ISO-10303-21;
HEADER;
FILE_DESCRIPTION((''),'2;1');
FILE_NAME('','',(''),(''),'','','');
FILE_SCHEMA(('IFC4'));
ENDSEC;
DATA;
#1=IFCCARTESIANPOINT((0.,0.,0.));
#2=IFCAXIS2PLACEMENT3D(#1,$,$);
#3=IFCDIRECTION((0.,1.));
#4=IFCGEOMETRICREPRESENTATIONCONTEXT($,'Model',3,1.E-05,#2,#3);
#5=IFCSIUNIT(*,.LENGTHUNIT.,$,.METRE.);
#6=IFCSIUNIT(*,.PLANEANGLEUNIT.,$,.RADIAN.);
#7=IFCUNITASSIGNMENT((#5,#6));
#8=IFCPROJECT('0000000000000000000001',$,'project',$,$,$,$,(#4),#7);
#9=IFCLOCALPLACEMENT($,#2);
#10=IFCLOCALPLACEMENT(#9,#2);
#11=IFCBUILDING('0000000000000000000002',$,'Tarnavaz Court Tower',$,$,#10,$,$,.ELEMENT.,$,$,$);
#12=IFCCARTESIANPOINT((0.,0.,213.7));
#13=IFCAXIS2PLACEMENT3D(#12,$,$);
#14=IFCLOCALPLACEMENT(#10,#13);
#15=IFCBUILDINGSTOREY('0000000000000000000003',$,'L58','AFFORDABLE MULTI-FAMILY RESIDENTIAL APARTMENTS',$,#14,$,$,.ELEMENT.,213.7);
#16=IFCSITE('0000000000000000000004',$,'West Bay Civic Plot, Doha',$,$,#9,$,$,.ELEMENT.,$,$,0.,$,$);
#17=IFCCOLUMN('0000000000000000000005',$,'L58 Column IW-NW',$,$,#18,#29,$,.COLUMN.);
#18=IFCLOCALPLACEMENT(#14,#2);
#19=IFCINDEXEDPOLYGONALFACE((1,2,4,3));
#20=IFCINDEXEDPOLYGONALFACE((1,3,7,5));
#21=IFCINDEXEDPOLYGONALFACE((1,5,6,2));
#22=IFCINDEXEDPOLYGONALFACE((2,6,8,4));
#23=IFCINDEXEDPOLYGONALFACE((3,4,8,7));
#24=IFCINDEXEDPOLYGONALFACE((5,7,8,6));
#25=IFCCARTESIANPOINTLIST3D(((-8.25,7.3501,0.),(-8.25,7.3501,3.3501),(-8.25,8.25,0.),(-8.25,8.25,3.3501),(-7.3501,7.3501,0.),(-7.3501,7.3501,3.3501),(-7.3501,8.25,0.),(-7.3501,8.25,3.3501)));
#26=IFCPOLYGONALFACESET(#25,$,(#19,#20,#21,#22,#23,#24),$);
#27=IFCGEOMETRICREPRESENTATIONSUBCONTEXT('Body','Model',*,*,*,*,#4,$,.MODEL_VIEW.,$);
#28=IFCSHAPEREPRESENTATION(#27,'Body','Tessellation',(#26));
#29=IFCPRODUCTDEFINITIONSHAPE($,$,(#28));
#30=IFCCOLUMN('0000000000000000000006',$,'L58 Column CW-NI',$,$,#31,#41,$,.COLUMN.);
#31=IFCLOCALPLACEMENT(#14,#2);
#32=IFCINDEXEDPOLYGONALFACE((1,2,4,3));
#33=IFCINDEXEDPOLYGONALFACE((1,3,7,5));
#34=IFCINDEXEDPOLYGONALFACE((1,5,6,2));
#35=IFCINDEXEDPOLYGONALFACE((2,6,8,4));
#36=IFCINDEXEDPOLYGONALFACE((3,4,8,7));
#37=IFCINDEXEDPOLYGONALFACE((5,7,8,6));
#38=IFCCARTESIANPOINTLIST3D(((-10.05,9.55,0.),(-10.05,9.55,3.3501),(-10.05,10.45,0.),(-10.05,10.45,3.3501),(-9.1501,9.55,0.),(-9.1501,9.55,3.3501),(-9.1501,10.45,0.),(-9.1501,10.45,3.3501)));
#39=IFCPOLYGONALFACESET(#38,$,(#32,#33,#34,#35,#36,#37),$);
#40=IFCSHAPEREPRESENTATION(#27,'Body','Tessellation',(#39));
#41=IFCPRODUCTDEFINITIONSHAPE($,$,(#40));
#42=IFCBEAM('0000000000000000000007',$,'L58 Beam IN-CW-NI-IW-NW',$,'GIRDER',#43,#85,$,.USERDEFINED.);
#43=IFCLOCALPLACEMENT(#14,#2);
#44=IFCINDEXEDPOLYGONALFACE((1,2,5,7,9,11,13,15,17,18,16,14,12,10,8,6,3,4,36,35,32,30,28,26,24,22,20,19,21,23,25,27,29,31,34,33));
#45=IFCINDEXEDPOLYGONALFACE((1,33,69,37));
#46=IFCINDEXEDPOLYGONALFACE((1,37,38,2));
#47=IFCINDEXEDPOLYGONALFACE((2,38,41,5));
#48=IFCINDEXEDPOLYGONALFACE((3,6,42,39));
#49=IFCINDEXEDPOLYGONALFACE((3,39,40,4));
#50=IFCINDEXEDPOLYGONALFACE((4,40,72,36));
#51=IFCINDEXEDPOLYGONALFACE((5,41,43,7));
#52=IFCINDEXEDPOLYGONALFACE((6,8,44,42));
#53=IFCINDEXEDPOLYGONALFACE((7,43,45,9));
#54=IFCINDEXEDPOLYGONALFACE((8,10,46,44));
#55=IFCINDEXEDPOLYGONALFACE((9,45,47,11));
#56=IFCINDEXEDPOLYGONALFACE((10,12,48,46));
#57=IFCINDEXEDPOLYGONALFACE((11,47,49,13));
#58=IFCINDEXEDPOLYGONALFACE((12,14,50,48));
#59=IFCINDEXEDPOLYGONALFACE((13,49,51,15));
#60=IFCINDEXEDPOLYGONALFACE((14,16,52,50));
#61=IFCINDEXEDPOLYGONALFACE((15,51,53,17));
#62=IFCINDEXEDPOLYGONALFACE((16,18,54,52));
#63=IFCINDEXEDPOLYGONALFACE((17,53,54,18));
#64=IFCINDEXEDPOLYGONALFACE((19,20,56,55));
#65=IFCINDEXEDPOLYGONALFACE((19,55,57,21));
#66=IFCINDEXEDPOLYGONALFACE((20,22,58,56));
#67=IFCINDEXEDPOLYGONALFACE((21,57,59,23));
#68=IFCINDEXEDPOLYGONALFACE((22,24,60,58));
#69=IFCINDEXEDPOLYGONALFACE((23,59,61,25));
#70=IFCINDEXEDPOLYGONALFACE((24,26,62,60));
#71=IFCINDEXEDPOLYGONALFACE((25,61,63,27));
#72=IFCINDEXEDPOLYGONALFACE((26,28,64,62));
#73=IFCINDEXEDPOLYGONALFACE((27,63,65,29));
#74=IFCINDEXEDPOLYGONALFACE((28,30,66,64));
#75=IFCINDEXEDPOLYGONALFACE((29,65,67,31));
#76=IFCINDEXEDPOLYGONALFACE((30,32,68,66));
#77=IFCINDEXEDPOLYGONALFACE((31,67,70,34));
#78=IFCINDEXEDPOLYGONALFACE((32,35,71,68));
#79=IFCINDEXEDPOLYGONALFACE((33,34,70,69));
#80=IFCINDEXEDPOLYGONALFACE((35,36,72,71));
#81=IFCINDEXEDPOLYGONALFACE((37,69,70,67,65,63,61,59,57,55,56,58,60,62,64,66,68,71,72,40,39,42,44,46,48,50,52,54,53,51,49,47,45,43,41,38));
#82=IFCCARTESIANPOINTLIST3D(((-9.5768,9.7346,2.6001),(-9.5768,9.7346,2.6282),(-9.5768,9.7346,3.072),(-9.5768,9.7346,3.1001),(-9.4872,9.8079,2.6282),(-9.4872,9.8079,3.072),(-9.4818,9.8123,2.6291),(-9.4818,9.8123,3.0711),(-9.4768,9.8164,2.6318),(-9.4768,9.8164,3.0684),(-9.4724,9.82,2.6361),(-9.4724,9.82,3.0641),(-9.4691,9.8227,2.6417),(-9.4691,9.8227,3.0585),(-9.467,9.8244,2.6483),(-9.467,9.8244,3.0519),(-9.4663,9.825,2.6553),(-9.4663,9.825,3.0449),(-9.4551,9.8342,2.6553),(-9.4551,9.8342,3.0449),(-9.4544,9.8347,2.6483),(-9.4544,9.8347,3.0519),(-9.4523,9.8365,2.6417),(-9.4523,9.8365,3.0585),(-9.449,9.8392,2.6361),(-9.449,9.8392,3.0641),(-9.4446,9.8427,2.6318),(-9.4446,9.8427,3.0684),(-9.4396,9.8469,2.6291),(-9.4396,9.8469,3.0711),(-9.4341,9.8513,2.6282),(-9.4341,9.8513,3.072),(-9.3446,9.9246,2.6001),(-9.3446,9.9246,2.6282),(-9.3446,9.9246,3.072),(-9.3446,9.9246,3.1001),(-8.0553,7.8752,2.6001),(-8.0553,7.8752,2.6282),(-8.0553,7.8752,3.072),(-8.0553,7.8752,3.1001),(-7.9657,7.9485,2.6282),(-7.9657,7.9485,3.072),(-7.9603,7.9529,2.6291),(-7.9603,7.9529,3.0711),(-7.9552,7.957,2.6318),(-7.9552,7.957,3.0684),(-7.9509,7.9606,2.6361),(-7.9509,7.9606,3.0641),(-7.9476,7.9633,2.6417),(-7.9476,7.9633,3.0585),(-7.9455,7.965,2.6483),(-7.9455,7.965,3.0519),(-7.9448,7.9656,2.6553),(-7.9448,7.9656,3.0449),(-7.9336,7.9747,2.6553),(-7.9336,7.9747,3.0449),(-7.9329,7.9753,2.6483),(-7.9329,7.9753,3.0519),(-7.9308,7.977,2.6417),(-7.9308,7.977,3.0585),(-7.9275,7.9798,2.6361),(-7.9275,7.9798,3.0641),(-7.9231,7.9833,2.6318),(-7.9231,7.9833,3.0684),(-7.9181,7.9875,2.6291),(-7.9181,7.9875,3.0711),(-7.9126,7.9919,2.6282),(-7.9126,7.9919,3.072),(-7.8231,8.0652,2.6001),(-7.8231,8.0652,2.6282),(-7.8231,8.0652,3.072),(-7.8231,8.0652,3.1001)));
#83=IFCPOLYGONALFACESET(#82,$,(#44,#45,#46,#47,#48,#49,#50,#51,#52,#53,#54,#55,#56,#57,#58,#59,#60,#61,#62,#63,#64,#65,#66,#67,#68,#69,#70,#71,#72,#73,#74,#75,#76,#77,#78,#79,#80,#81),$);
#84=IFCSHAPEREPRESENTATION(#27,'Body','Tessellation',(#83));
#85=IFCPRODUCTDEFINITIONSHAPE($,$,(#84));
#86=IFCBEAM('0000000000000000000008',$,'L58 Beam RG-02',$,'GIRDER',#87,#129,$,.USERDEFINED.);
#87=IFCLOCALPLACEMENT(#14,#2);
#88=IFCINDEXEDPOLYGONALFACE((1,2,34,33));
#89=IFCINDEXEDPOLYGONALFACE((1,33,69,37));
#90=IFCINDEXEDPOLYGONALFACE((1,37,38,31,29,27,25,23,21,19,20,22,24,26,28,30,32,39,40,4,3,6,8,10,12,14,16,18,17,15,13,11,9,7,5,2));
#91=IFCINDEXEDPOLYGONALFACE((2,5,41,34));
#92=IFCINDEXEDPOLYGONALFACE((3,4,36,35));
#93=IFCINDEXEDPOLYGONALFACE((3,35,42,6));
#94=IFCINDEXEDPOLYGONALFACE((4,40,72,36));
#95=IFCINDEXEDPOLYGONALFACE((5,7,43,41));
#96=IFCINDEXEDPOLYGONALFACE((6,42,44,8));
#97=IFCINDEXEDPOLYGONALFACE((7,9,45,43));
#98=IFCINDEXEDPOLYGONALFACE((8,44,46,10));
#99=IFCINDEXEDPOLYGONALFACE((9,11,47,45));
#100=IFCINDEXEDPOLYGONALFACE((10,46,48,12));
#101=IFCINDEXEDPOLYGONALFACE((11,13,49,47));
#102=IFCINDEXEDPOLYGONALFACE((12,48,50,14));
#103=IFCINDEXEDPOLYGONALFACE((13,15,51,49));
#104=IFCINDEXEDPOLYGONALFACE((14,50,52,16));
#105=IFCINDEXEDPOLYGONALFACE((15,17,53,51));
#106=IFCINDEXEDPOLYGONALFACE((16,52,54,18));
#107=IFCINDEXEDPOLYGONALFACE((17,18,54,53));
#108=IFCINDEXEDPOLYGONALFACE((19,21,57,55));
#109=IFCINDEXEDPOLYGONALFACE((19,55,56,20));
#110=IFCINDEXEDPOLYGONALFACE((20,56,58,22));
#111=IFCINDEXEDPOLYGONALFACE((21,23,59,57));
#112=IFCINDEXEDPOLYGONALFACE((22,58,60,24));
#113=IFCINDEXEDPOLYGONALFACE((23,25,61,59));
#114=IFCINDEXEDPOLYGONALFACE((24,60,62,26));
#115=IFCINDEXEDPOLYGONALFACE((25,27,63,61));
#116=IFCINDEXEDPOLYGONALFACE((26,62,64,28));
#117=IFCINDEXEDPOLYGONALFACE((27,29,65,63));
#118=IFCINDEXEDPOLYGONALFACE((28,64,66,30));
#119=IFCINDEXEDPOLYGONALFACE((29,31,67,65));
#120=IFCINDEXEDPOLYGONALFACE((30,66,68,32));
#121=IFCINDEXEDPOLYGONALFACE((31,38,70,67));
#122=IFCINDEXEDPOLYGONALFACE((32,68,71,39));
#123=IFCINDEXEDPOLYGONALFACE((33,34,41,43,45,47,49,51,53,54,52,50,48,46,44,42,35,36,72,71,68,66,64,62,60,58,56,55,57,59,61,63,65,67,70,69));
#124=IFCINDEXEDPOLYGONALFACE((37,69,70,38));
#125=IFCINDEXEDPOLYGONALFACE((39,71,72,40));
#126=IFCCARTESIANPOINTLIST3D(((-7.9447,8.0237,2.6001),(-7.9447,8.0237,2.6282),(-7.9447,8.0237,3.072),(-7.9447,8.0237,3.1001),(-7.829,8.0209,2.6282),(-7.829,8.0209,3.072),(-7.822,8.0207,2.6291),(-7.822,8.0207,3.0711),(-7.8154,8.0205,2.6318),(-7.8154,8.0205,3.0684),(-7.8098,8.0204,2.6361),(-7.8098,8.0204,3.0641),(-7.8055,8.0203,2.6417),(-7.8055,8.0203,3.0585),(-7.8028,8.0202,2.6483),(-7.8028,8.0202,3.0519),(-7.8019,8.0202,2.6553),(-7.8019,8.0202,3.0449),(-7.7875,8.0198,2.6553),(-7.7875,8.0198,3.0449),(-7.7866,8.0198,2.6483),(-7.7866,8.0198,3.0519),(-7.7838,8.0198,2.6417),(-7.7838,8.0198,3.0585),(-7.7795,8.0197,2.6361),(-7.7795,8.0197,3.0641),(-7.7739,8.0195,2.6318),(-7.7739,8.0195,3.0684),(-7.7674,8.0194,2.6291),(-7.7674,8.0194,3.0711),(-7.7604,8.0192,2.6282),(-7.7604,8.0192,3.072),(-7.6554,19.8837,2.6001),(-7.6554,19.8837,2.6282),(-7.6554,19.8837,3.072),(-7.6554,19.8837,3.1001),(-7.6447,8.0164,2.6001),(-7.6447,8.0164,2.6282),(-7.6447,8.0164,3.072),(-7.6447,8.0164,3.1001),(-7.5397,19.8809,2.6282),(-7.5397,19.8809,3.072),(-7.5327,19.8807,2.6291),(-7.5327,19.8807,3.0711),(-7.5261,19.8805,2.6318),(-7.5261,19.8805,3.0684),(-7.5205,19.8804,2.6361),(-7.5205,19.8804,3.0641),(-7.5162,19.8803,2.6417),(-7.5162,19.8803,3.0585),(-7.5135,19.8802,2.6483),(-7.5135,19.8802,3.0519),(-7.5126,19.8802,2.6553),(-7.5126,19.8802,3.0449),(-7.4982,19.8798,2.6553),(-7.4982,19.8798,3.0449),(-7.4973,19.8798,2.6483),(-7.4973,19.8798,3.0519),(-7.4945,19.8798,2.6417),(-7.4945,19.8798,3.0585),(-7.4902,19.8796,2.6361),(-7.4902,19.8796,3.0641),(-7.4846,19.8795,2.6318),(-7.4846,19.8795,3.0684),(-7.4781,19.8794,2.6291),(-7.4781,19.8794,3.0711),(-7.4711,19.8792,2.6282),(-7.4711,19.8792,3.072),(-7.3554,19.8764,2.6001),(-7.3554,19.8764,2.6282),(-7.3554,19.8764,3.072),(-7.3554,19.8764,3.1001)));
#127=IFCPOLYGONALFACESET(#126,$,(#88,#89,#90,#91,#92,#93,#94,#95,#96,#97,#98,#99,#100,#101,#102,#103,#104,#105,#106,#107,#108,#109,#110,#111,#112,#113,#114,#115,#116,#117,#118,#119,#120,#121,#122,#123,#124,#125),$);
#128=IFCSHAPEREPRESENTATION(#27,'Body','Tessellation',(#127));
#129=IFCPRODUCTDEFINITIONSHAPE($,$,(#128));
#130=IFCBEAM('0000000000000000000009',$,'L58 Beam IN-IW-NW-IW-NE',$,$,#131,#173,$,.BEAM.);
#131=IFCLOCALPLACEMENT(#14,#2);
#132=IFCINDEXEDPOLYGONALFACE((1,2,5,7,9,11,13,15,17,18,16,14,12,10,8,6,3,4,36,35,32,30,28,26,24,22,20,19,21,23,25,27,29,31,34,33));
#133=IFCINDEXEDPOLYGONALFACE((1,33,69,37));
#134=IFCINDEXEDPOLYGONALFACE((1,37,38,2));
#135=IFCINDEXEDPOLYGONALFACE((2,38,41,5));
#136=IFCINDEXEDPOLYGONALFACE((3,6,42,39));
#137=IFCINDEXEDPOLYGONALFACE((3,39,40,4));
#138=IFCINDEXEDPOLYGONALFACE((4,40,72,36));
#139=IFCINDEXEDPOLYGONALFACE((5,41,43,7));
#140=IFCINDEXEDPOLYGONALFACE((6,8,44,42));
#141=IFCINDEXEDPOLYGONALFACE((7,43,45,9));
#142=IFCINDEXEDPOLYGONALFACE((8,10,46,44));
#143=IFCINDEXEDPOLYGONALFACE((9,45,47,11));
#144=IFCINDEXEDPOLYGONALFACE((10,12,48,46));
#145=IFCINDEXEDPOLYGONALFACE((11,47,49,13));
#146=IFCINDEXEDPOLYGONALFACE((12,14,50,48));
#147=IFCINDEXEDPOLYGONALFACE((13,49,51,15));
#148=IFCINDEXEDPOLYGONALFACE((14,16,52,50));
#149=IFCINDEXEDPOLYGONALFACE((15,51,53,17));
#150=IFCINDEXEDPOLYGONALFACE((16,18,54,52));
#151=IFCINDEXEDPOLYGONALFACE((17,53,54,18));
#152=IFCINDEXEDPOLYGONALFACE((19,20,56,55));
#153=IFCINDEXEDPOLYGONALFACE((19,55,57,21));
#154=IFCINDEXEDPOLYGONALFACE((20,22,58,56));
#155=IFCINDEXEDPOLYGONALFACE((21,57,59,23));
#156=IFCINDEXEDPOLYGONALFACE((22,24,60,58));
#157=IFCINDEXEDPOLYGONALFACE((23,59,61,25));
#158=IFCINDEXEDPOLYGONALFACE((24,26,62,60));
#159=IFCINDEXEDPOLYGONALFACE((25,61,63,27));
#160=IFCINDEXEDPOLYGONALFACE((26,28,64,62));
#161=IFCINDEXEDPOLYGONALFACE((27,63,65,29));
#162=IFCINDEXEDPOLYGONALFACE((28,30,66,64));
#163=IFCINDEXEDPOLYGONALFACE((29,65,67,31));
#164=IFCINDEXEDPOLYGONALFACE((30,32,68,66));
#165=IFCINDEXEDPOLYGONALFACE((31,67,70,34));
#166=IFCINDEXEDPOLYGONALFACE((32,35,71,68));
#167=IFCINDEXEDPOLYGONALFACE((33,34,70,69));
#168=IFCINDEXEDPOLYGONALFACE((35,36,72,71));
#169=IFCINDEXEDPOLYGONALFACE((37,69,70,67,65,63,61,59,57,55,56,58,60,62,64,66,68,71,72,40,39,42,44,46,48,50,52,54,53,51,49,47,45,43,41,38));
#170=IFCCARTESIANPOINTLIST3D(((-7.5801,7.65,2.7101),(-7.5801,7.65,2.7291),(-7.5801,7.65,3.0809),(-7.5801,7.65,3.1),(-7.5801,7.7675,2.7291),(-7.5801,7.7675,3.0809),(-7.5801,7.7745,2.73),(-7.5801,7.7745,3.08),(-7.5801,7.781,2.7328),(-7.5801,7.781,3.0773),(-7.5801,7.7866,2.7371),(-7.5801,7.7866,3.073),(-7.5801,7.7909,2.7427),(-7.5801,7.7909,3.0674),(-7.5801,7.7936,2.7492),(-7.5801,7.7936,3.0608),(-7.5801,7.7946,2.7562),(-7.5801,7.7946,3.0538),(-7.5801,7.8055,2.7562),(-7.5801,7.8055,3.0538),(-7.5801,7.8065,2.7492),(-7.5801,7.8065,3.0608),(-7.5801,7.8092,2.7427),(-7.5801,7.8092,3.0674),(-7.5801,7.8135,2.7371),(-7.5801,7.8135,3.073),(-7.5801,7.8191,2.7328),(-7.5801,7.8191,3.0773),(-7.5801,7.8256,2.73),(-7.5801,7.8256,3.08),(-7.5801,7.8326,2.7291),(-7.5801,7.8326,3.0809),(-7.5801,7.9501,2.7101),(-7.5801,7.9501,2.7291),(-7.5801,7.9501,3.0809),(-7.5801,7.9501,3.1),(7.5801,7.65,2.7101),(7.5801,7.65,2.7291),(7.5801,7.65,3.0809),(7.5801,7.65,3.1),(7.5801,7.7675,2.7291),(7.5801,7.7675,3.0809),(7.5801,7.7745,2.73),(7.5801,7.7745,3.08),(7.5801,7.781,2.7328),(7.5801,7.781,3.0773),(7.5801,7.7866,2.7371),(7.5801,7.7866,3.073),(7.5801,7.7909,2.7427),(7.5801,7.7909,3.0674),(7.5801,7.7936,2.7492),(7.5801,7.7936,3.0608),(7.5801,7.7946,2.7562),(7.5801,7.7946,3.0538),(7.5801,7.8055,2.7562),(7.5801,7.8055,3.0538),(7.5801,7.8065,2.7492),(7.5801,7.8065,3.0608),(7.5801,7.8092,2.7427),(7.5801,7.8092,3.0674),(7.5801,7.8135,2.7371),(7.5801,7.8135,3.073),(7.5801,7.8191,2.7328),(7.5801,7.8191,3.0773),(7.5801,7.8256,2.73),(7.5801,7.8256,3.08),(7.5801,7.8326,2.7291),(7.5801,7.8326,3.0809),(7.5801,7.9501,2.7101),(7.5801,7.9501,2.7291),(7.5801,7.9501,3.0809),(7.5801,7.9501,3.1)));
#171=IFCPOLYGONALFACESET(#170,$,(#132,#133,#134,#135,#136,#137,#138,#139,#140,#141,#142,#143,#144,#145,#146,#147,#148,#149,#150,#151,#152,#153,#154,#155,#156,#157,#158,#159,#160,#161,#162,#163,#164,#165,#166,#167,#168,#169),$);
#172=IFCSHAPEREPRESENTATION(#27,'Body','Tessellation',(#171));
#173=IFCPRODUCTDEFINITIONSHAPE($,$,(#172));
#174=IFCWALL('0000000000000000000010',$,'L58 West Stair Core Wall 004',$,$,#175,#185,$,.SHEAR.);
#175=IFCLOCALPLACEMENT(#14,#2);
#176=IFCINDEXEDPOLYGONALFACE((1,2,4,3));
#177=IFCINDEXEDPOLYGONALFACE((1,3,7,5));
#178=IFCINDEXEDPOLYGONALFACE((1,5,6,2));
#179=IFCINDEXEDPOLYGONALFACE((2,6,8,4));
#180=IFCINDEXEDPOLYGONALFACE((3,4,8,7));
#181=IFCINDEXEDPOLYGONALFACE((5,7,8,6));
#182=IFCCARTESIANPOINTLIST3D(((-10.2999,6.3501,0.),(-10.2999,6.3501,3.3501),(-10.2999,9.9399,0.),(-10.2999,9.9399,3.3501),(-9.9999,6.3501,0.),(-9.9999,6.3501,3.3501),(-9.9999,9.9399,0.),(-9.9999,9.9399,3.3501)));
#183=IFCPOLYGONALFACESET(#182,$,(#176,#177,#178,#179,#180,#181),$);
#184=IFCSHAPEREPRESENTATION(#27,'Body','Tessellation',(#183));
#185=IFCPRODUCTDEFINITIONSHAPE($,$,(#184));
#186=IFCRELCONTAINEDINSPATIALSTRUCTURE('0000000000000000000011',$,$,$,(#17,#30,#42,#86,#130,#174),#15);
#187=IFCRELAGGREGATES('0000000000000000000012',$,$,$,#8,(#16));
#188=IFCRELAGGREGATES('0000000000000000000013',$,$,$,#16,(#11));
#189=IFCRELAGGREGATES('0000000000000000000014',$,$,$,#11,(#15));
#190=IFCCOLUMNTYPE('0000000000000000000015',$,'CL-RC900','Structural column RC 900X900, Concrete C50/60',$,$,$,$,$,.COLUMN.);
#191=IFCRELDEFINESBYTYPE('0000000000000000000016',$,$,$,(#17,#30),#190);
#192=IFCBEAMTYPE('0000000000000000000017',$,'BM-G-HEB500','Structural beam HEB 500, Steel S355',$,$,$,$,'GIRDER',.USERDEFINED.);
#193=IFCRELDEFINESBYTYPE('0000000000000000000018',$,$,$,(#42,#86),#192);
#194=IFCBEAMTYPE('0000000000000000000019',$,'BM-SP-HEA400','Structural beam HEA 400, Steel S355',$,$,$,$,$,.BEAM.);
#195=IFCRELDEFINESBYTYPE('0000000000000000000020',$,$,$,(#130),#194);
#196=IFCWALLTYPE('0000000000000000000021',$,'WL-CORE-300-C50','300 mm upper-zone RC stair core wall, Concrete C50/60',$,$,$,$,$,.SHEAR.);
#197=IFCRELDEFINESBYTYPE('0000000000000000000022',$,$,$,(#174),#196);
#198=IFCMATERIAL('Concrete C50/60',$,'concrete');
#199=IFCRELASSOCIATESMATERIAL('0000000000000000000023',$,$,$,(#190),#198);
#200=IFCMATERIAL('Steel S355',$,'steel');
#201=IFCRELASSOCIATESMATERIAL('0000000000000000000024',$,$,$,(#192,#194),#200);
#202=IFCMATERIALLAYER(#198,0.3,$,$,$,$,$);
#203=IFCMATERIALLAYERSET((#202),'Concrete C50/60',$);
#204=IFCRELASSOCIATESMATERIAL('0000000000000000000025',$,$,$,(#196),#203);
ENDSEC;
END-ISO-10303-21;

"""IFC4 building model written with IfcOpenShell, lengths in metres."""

from ifc_helpers import new_model, si_unit, direction, frame, frame_2d, origin, origin_2d, place, context, subcontext, project, spatial, rectangle, i_section, extrude, material, layer, layer_set, material_profile, profile_set, type_object, element, save


model = new_model("IFC4")

# Units and contexts
model_context = context("Model", 3, precision=1e-05, world=origin(), true_north=direction((0.0, 1.0)))
body_context = subcontext(model_context, "Body", "Model", "MODEL_VIEW")
ifc_project = project(units=[si_unit("LENGTHUNIT", "METRE"), si_unit("PLANEANGLEUNIT", "RADIAN")], contexts=[model_context])

# Site, building, storey
site_placement = place(None, origin())
site = spatial("IfcSite", under=ifc_project, at=site_placement, Name="West Bay Civic Plot, Doha", CompositionType="ELEMENT", RefElevation=0.0)
building_placement = place(site_placement, origin())
building = spatial("IfcBuilding", under=site, at=building_placement, Name="Tarnavaz Court Tower", CompositionType="ELEMENT")
storey_placement = place(building_placement, frame((0.0, 0.0, 213.7)))
storey = spatial("IfcBuildingStorey", under=building, at=storey_placement, Name="L58", Description="AFFORDABLE MULTI-FAMILY RESIDENTIAL APARTMENTS", CompositionType="ELEMENT", Elevation=213.7)

# Columns
ifc_material_1 = material(Name="Concrete C50/60", Category="concrete")
ifc_material_profile_1 = material_profile(ifc_material_1, rectangle(XDim=0.8999, YDim=0.8999, at=origin_2d()), Name="RC 900X900")
ifc_profile_set_1 = profile_set([ifc_material_profile_1], Name="Concrete C50/60")
column_type = type_object("IfcColumnType", Name="CL-RC900", Description="Structural column RC 900X900, Concrete C50/60", PredefinedType="COLUMN", material=ifc_profile_set_1)
for number, where, z_axis, x_axis, name in (
    (1, (-7.8, 7.8, 0.0), (0.0, 0.0, 1.0), (1.0, 0.0, 0.0), "L58 Column IW-NW"),
    (2, (-9.6001, 10.0, 0.0), (0.0, 0.0, 1.0), (1.0, 0.0, 0.0), "L58 Column CW-NI"),
):
    element("IfcColumn", number, at=place(storey_placement, frame(where, z_axis=z_axis, x_axis=x_axis)), inside=storey, type_object=column_type, Name=name, PredefinedType="COLUMN", context=body_context, shape_type="SweptSolid", body=[
        extrude(rectangle(XDim=0.8999, YDim=0.8999, at=origin_2d()), origin(), (0.0, 0.0, 1.0), 3.3501),
    ])

# Beams
ifc_material_2 = material(Name="Steel S355", Category="steel")
ifc_material_profile_2 = material_profile(ifc_material_2, i_section(OverallWidth=0.3, OverallDepth=0.5, WebThickness=0.0144, FlangeThickness=0.0281, FilletRadius=0.0271, at=origin_2d()), Name="HEB 500")
ifc_profile_set_2 = profile_set([ifc_material_profile_2], Name="Steel S355")
beam_type_1 = type_object("IfcBeamType", Name="BM-G-HEB500", Description="Structural beam HEB 500, Steel S355", ElementType="GIRDER", PredefinedType="USERDEFINED", material=ifc_profile_set_2)
beam_1_placement = place(storey_placement, frame((-9.4607, 9.8296, 2.8501), z_axis=(0.633282, -0.773921, 0.0), x_axis=(0.773921, 0.633282, 0.0)))
element("IfcBeam", 3, at=beam_1_placement, inside=storey, type_object=beam_type_1, Name="L58 Beam IN-CW-NI-IW-NW", ObjectType="GIRDER", PredefinedType="USERDEFINED", context=body_context, shape_type="SweptSolid", body=[
    extrude(i_section(OverallWidth=0.3, OverallDepth=0.5, WebThickness=0.0144, FlangeThickness=0.0281, FilletRadius=0.0271, at=origin_2d()), origin(), (0.0, 0.0, 1.0), 2.4026),
])
beam_2_placement = place(storey_placement, frame((-7.7947, 8.02, 2.8501), z_axis=(0.024386, 0.999703, 0.0), x_axis=(-0.999703, 0.024386, 0.0)))
element("IfcBeam", 4, at=beam_2_placement, inside=storey, type_object=beam_type_1, Name="L58 Beam RG-02", ObjectType="GIRDER", PredefinedType="USERDEFINED", context=body_context, shape_type="SweptSolid", body=[
    extrude(i_section(OverallWidth=0.3, OverallDepth=0.5, WebThickness=0.0144, FlangeThickness=0.0281, FilletRadius=0.0271, at=origin_2d()), origin(), (0.0, 0.0, 1.0), 11.8635),
])
ifc_material_profile_3 = material_profile(ifc_material_2, i_section(OverallWidth=0.3, OverallDepth=0.3899, WebThickness=0.011, FlangeThickness=0.019, FilletRadius=0.0271, at=origin_2d()), Name="HEA 400")
ifc_profile_set_3 = profile_set([ifc_material_profile_3], Name="Steel S355")
beam_type_2 = type_object("IfcBeamType", Name="BM-SP-HEA400", Description="Structural beam HEA 400, Steel S355", PredefinedType="BEAM", material=ifc_profile_set_3)
beam_3_placement = place(storey_placement, frame((-7.5801, 7.8, 2.905), z_axis=(1.0, 0.0, 0.0), x_axis=(0.0, 1.0, 0.0)))
element("IfcBeam", 5, at=beam_3_placement, inside=storey, type_object=beam_type_2, Name="L58 Beam IN-IW-NW-IW-NE", PredefinedType="BEAM", context=body_context, shape_type="SweptSolid", body=[
    extrude(i_section(OverallWidth=0.3, OverallDepth=0.3899, WebThickness=0.011, FlangeThickness=0.019, FilletRadius=0.0271, at=origin_2d()), origin(), (0.0, 0.0, 1.0), 15.1602),
])

# Wall
ifc_layer_1 = layer(ifc_material_1, 0.3)
ifc_layer_set_1 = layer_set([ifc_layer_1], Name="Concrete C50/60")
wall_type_1 = type_object("IfcWallType", Name="WL-CORE-300-C50", Description="300 mm upper-zone RC stair core wall, Concrete C50/60", PredefinedType="SHEAR", material=ifc_layer_set_1)
wall_1_placement = place(storey_placement, frame((-10.1499, 6.3501, 0.0), z_axis=(0.0, 0.0, 1.0), x_axis=(0.0, 1.0, 0.0)))
element("IfcWall", 6, at=wall_1_placement, inside=storey, type_object=wall_type_1, Name="L58 West Stair Core Wall 004", PredefinedType="SHEAR", context=body_context, shape_type="SweptSolid", body=[
    extrude(rectangle(XDim=3.5898, YDim=0.3, at=frame_2d((1.7949, 0.0))), origin(), (0.0, 0.0, 1.0), 3.3501),
])

save(model, "model.ifc")
